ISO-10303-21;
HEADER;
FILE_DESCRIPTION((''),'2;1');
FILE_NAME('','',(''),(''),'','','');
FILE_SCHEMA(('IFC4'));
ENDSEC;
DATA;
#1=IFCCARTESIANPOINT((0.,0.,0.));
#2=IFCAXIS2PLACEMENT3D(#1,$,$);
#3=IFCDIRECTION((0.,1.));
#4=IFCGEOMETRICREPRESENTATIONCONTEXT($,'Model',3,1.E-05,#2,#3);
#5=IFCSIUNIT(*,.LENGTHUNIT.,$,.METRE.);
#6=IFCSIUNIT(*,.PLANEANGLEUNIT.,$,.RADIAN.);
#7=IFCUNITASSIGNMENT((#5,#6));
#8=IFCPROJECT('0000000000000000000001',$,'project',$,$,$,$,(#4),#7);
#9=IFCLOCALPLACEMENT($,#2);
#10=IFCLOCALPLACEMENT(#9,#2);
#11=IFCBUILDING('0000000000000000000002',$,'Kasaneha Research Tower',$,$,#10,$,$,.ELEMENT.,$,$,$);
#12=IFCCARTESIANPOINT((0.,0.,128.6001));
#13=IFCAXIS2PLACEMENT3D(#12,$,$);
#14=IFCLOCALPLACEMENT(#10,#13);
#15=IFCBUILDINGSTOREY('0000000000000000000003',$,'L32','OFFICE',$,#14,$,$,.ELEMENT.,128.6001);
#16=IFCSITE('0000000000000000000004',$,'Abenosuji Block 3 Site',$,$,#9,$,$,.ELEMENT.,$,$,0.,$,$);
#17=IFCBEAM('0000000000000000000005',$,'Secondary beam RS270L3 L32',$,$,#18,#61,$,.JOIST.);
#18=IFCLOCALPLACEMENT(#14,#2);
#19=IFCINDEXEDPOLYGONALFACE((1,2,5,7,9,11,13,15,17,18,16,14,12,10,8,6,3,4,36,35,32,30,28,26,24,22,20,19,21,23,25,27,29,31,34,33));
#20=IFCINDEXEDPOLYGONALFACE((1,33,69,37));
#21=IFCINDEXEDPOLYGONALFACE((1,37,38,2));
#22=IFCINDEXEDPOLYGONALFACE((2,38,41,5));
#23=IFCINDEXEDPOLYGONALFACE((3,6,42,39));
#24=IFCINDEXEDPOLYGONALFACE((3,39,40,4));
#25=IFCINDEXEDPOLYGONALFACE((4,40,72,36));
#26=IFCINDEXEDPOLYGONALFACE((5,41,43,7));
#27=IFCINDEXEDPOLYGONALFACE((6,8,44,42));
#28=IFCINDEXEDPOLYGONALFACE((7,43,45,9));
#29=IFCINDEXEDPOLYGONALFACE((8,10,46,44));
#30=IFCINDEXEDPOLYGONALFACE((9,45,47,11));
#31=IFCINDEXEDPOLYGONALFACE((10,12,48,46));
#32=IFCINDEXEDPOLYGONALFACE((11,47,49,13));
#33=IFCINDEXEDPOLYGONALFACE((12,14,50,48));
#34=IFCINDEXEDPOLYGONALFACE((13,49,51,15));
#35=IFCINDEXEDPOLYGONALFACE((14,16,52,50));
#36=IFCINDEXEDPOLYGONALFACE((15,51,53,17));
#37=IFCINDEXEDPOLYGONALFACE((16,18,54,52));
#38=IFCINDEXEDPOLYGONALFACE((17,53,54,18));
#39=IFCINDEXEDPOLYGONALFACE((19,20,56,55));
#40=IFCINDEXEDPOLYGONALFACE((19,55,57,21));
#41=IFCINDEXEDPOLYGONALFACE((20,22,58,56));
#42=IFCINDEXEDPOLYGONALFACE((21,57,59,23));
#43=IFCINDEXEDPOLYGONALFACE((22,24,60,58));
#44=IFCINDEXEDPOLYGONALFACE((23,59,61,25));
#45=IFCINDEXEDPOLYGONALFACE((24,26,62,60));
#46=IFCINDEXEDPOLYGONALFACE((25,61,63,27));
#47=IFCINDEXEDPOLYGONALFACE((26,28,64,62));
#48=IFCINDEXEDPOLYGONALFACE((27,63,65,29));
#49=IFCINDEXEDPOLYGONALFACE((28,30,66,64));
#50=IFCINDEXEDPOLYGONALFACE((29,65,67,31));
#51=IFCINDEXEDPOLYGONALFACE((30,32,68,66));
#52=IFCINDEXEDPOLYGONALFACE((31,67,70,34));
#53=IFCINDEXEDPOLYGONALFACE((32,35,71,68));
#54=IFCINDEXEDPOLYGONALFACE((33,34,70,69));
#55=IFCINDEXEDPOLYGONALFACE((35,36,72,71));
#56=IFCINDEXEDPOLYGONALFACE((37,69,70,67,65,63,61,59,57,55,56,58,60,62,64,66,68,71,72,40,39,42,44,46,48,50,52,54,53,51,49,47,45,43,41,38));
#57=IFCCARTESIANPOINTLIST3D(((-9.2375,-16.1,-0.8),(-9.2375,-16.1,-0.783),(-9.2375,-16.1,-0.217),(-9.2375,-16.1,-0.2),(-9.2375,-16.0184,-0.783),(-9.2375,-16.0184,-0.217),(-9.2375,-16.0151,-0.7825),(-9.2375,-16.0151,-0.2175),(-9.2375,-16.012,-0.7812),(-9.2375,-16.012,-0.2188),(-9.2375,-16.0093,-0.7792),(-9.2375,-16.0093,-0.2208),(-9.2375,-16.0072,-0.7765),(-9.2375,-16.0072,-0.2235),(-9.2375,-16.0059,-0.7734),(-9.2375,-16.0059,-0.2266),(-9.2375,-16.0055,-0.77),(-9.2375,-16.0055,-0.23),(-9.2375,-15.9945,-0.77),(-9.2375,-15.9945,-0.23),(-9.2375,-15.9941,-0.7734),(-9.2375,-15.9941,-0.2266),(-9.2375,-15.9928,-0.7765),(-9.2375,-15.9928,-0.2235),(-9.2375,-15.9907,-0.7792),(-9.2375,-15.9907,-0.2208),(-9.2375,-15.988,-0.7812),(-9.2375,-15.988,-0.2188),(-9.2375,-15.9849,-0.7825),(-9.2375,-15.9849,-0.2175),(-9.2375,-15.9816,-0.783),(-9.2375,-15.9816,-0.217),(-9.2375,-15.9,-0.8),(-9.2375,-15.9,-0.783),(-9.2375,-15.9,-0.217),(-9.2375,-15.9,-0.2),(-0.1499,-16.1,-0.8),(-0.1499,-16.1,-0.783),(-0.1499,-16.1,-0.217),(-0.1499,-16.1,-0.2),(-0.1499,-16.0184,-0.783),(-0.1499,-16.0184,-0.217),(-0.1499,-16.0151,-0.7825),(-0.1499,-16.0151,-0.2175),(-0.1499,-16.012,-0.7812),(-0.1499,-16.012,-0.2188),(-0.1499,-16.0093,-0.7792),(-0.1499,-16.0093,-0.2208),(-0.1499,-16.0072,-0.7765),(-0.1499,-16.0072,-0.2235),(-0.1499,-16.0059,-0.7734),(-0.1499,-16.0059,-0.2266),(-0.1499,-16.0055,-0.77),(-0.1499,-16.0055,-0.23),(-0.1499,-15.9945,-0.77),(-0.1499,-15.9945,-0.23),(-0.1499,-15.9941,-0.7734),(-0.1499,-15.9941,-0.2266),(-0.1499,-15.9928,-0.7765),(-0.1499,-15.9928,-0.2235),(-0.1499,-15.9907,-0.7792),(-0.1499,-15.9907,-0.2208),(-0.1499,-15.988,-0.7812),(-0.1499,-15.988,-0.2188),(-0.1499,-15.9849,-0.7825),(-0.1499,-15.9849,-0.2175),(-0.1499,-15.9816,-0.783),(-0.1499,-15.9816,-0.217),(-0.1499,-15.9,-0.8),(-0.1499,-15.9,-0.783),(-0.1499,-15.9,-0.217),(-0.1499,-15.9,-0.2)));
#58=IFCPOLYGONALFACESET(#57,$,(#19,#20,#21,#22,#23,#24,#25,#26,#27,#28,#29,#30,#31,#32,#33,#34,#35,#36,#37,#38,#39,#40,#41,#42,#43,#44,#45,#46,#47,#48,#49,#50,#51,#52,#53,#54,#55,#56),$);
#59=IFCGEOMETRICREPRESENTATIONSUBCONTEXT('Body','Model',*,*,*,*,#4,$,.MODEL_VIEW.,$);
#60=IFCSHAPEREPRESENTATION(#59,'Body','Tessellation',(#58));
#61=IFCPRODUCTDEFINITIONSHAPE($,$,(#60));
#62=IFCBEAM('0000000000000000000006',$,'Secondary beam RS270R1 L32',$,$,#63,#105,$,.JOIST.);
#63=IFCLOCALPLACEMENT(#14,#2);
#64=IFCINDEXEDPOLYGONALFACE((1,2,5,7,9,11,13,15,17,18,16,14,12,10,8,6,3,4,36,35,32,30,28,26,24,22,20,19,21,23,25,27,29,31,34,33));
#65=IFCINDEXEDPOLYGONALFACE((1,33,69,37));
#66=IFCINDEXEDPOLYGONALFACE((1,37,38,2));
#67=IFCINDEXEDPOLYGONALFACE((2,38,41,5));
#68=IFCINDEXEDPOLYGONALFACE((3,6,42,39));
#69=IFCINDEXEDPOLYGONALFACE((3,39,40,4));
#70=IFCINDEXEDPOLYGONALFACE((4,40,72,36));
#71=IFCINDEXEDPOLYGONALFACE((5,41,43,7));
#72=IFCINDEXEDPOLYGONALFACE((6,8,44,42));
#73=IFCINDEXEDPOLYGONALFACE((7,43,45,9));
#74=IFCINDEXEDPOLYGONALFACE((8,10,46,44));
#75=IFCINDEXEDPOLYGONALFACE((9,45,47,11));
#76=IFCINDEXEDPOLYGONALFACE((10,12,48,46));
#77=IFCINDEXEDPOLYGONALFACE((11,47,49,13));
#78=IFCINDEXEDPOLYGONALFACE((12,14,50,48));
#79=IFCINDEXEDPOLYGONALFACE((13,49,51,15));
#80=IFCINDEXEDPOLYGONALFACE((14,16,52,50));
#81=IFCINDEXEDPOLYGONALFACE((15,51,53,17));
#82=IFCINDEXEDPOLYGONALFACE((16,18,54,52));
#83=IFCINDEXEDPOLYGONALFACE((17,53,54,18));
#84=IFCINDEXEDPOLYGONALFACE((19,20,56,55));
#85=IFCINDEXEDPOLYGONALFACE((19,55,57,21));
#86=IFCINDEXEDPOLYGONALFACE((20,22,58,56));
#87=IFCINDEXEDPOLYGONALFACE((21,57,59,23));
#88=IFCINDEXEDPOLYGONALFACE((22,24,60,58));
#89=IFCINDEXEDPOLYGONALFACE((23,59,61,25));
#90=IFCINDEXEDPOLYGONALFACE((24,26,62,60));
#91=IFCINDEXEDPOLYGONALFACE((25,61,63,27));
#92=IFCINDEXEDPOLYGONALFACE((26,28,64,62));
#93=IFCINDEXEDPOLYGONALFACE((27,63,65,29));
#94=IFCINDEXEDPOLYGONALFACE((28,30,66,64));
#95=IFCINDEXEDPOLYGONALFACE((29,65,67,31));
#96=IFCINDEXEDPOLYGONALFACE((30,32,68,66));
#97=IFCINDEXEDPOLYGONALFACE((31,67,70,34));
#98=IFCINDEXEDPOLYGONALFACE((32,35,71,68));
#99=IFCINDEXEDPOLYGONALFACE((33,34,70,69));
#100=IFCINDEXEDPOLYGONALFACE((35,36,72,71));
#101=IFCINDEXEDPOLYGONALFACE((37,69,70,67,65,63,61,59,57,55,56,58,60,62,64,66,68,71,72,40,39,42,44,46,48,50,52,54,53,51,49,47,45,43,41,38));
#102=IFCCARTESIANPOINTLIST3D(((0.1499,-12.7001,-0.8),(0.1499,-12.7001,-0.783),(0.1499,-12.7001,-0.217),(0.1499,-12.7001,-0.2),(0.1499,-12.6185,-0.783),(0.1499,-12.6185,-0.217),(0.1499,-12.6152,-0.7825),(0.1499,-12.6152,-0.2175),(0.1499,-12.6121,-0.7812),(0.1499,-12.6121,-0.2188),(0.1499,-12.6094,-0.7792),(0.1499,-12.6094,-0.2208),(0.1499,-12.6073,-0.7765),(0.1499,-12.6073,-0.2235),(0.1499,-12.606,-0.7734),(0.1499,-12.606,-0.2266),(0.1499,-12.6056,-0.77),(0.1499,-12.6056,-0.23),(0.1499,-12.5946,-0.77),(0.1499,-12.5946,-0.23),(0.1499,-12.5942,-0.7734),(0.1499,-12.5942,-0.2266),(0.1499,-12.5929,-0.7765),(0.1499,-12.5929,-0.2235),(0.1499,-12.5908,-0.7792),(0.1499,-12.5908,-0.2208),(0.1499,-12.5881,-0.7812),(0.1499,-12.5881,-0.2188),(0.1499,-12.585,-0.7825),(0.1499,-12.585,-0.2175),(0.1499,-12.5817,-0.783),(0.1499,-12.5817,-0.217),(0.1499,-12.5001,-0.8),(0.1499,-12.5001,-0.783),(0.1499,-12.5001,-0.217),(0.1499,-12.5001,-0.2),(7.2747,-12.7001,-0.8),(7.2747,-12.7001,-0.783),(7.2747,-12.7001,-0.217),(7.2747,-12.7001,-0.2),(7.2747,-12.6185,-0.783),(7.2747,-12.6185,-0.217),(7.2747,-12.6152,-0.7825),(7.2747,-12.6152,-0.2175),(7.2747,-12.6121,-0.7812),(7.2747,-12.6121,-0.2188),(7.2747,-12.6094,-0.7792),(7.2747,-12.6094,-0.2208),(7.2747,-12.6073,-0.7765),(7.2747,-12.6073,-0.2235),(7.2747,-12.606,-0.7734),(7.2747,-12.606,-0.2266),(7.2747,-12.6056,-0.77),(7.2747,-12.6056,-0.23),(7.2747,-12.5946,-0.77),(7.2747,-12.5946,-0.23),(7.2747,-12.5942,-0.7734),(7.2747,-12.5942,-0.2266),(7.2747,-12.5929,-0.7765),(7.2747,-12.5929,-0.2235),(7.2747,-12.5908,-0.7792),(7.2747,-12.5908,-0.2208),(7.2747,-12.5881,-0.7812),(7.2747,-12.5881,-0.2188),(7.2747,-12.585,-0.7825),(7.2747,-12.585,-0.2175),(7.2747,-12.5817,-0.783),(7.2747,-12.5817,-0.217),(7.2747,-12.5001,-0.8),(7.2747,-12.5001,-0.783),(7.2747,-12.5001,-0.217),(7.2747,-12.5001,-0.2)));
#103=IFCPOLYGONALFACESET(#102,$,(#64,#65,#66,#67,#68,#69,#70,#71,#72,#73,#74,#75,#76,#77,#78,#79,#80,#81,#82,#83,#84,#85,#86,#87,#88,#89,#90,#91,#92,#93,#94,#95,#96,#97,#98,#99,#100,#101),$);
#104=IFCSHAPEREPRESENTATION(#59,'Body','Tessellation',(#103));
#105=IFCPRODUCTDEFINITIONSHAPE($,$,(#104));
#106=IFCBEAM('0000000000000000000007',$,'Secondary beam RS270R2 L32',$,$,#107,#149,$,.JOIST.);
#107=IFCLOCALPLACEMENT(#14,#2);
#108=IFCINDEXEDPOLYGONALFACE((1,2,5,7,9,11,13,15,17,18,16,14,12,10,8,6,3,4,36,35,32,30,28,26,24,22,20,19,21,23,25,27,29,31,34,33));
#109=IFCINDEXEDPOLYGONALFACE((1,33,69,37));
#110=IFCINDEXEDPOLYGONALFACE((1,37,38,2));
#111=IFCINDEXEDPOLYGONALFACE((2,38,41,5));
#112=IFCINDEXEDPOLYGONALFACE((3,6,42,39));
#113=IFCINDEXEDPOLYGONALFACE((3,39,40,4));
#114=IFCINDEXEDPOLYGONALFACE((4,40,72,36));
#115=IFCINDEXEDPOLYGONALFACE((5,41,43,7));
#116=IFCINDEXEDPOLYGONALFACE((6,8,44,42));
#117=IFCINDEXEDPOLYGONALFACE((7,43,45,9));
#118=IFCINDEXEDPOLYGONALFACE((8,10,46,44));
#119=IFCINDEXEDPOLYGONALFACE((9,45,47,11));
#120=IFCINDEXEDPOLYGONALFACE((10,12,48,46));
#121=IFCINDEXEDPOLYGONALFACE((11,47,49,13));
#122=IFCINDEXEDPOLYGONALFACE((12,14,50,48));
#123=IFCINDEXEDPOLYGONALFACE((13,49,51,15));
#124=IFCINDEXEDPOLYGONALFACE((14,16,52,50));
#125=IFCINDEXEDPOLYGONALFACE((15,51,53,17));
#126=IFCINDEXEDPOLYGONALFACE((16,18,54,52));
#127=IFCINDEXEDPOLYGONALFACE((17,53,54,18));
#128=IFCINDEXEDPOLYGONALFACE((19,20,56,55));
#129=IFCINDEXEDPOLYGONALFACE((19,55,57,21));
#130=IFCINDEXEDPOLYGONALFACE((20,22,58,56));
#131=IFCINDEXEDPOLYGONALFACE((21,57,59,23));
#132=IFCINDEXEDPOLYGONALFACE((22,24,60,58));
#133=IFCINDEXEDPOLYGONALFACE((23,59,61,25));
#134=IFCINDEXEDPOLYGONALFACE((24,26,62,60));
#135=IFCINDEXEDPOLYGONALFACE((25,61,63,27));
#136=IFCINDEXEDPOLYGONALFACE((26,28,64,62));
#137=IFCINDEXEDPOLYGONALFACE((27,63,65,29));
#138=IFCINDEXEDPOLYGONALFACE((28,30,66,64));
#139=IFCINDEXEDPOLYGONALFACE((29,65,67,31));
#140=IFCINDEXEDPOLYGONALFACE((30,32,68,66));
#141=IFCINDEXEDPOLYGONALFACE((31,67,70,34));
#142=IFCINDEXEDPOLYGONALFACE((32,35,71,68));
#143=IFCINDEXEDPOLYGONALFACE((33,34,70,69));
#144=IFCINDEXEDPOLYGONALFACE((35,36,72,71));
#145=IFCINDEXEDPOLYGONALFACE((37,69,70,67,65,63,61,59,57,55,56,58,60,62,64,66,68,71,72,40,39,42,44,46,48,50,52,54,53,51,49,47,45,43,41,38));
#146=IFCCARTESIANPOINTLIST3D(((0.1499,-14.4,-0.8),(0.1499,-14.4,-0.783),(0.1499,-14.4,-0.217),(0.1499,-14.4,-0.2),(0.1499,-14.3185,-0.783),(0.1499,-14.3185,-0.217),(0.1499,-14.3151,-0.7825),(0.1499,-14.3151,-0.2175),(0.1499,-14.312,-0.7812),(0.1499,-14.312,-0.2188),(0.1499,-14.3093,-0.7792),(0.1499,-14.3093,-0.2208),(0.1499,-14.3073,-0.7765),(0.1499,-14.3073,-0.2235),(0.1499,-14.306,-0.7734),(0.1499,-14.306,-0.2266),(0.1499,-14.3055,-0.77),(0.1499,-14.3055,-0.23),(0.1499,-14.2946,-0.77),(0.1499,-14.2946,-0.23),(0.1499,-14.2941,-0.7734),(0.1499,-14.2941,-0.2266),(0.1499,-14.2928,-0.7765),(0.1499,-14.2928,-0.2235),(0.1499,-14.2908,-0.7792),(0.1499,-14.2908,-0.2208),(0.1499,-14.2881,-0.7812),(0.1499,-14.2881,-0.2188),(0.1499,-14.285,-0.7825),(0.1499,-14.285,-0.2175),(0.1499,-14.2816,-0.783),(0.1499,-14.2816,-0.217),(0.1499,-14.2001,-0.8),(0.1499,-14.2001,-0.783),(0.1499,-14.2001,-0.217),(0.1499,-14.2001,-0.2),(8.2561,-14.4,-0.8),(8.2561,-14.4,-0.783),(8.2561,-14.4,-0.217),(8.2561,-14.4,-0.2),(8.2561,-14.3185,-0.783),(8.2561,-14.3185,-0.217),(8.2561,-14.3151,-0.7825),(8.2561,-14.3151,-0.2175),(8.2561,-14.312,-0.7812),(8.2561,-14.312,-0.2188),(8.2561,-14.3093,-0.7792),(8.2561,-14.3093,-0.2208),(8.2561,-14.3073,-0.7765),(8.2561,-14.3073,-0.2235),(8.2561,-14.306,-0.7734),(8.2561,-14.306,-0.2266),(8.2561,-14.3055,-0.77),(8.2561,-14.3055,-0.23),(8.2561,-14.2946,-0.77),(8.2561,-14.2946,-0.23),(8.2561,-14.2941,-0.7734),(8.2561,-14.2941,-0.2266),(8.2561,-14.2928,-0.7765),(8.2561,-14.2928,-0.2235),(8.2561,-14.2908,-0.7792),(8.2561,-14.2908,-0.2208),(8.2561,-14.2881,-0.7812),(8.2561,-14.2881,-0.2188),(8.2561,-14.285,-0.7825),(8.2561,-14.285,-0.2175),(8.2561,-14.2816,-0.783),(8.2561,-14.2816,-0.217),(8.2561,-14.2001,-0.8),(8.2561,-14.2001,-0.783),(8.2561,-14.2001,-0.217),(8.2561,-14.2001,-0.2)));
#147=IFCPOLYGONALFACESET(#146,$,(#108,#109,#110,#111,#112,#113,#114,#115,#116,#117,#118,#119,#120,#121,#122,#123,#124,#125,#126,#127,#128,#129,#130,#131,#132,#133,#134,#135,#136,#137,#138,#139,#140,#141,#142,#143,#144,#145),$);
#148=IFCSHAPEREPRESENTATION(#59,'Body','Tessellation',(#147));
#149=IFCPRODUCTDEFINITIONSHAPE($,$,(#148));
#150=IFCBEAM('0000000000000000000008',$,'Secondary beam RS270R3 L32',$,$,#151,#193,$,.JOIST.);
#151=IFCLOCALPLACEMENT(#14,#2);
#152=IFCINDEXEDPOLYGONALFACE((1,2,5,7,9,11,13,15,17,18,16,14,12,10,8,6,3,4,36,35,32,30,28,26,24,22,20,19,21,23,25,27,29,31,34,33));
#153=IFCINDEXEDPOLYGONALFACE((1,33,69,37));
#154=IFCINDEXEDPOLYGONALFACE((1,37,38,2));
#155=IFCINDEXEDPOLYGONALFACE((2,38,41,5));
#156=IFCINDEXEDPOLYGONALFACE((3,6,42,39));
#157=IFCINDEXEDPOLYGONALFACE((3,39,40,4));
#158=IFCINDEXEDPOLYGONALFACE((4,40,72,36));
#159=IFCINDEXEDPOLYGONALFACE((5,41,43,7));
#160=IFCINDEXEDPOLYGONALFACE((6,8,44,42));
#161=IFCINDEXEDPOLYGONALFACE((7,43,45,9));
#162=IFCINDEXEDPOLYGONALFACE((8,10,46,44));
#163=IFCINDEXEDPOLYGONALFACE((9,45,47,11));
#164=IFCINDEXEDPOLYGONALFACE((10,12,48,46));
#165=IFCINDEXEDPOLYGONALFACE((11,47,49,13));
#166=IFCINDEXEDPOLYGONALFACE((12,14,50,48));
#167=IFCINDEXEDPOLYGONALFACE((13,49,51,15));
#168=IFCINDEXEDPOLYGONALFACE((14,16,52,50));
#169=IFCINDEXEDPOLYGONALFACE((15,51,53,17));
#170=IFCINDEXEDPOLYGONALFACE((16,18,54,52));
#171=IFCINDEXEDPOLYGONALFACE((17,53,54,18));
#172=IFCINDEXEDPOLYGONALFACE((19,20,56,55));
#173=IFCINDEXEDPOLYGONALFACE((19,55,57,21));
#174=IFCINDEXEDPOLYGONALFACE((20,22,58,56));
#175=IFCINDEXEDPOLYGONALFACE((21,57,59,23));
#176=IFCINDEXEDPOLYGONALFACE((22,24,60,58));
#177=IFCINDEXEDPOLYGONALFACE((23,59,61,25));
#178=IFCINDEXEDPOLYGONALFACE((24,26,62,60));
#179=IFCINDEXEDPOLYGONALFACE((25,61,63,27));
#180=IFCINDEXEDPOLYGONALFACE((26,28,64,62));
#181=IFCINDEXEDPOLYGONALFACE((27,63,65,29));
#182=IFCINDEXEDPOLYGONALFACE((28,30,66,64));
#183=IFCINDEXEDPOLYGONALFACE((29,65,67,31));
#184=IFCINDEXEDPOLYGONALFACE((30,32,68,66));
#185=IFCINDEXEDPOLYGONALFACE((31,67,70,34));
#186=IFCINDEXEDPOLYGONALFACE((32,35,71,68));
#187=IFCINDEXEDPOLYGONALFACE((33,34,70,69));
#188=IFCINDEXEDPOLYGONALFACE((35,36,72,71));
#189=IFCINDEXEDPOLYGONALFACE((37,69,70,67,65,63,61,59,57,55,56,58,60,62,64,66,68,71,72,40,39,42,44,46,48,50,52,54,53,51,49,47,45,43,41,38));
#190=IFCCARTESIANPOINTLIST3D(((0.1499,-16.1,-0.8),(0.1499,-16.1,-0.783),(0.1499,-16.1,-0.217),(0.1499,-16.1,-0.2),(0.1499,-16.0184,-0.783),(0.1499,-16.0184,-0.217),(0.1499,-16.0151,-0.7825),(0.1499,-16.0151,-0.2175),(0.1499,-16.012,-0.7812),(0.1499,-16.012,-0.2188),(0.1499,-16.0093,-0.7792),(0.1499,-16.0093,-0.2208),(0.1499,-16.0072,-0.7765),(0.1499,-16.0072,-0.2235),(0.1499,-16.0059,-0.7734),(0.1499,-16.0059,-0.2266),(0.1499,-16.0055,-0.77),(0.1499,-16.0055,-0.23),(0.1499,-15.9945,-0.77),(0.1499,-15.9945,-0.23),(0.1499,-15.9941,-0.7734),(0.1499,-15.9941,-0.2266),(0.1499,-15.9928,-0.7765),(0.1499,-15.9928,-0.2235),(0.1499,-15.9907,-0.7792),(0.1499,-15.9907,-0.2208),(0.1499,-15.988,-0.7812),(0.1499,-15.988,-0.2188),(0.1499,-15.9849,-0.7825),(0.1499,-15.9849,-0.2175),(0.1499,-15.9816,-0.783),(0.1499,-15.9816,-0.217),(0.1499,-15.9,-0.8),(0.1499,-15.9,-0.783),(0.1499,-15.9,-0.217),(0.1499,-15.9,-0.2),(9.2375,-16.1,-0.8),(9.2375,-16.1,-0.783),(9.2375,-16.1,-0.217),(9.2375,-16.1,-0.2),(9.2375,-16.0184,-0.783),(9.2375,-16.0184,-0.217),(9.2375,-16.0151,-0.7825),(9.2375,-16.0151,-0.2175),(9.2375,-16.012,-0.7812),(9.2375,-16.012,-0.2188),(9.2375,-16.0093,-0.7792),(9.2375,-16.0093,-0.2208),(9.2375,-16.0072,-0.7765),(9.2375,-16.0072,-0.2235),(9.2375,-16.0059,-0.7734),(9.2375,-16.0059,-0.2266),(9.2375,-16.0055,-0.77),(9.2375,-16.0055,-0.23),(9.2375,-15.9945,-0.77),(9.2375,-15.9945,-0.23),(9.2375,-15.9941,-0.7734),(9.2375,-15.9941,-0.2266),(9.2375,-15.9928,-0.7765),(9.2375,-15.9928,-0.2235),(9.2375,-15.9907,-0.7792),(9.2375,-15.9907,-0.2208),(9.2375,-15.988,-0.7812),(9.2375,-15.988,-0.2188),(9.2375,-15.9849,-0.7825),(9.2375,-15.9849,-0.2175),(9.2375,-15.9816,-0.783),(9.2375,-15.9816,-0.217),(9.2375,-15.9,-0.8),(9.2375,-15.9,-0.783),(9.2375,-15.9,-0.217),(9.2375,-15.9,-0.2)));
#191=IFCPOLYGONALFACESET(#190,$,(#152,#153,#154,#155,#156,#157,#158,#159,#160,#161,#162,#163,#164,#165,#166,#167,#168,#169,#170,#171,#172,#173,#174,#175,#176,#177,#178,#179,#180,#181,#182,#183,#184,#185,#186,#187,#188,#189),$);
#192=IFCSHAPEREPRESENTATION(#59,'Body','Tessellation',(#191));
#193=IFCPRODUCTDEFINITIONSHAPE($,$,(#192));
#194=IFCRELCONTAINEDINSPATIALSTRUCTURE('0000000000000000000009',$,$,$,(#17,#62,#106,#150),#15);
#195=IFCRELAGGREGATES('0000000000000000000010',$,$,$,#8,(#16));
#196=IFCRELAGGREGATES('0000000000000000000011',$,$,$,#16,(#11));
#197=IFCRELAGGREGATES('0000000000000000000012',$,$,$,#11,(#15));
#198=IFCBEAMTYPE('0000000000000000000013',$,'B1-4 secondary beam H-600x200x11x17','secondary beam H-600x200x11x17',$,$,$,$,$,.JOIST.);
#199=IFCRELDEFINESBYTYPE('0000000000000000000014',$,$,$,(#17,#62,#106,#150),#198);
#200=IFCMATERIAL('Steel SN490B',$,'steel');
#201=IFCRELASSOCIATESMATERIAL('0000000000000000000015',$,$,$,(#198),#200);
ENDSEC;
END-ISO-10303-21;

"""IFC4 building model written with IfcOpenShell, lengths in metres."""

from ifc_helpers import new_model, si_unit, direction, frame, origin, origin_2d, place, context, subcontext, project, spatial, i_section, extrude, material, material_profile, profile_set, type_object, element, save


model = new_model("IFC4")

# Units and contexts
model_context = context("Model", 3, precision=1e-05, world=origin(), true_north=direction((0.0, 1.0)))
body_context = subcontext(model_context, "Body", "Model", "MODEL_VIEW")
ifc_project = project(units=[si_unit("LENGTHUNIT", "METRE"), si_unit("PLANEANGLEUNIT", "RADIAN")], contexts=[model_context])

# Site, building, storey
site_placement = place(None, origin())
site = spatial("IfcSite", under=ifc_project, at=site_placement, Name="Abenosuji Block 3 Site", CompositionType="ELEMENT", RefElevation=0.0)
building_placement = place(site_placement, origin())
building = spatial("IfcBuilding", under=site, at=building_placement, Name="Kasaneha Research Tower", CompositionType="ELEMENT")
storey_placement = place(building_placement, frame((0.0, 0.0, 128.6001)))
storey = spatial("IfcBuildingStorey", under=building, at=storey_placement, Name="L32", Description="OFFICE", CompositionType="ELEMENT", Elevation=128.6001)

# Beams
ifc_material_1 = material(Name="Steel SN490B", Category="steel")
ifc_material_profile_1 = material_profile(ifc_material_1, i_section(OverallWidth=0.2, OverallDepth=0.6001, WebThickness=0.011, FlangeThickness=0.0171, FilletRadius=0.0129, at=origin_2d()), Name="H-600x200x11x17")
ifc_profile_set_1 = profile_set([ifc_material_profile_1], Name="Steel SN490B")
beam_type_1 = type_object("IfcBeamType", Name="B1-4 secondary beam H-600x200x11x17", Description="secondary beam H-600x200x11x17", PredefinedType="JOIST", material=ifc_profile_set_1)
beam_1_placement = place(storey_placement, frame((-9.2375, -16.0, -0.5), z_axis=(1.0, 0.0, 0.0), x_axis=(0.0, 1.0, 0.0)))
element("IfcBeam", 1, at=beam_1_placement, inside=storey, type_object=beam_type_1, Name="Secondary beam RS270L3 L32", PredefinedType="JOIST", context=body_context, shape_type="SweptSolid", body=[
    extrude(i_section(OverallWidth=0.2, OverallDepth=0.6001, WebThickness=0.011, FlangeThickness=0.0171, FilletRadius=0.0129, at=origin_2d()), origin(), (0.0, 0.0, 1.0), 9.0876),
])
beam_2_placement = place(storey_placement, frame((7.2747, -12.6001, -0.5), z_axis=(-1.0, 0.0, 0.0), x_axis=(0.0, -1.0, 0.0)))
element("IfcBeam", 2, at=beam_2_placement, inside=storey, type_object=beam_type_1, Name="Secondary beam RS270R1 L32", PredefinedType="JOIST", context=body_context, shape_type="SweptSolid", body=[
    extrude(i_section(OverallWidth=0.2, OverallDepth=0.6001, WebThickness=0.011, FlangeThickness=0.0171, FilletRadius=0.0129, at=origin_2d()), origin(), (0.0, 0.0, 1.0), 7.1248),
])
beam_3_placement = place(storey_placement, frame((8.2561, -14.3, -0.5), z_axis=(-1.0, 0.0, 0.0), x_axis=(0.0, -1.0, 0.0)))
element("IfcBeam", 3, at=beam_3_placement, inside=storey, type_object=beam_type_1, Name="Secondary beam RS270R2 L32", PredefinedType="JOIST", context=body_context, shape_type="SweptSolid", body=[
    extrude(i_section(OverallWidth=0.2, OverallDepth=0.6001, WebThickness=0.011, FlangeThickness=0.0171, FilletRadius=0.0129, at=origin_2d()), origin(), (0.0, 0.0, 1.0), 8.1062),
])
beam_4_placement = place(storey_placement, frame((9.2375, -16.0, -0.5), z_axis=(-1.0, 0.0, 0.0), x_axis=(0.0, -1.0, 0.0)))
element("IfcBeam", 4, at=beam_4_placement, inside=storey, type_object=beam_type_1, Name="Secondary beam RS270R3 L32", PredefinedType="JOIST", context=body_context, shape_type="SweptSolid", body=[
    extrude(i_section(OverallWidth=0.2, OverallDepth=0.6001, WebThickness=0.011, FlangeThickness=0.0171, FilletRadius=0.0129, at=origin_2d()), origin(), (0.0, 0.0, 1.0), 9.0876),
])

save(model, "model.ifc")
